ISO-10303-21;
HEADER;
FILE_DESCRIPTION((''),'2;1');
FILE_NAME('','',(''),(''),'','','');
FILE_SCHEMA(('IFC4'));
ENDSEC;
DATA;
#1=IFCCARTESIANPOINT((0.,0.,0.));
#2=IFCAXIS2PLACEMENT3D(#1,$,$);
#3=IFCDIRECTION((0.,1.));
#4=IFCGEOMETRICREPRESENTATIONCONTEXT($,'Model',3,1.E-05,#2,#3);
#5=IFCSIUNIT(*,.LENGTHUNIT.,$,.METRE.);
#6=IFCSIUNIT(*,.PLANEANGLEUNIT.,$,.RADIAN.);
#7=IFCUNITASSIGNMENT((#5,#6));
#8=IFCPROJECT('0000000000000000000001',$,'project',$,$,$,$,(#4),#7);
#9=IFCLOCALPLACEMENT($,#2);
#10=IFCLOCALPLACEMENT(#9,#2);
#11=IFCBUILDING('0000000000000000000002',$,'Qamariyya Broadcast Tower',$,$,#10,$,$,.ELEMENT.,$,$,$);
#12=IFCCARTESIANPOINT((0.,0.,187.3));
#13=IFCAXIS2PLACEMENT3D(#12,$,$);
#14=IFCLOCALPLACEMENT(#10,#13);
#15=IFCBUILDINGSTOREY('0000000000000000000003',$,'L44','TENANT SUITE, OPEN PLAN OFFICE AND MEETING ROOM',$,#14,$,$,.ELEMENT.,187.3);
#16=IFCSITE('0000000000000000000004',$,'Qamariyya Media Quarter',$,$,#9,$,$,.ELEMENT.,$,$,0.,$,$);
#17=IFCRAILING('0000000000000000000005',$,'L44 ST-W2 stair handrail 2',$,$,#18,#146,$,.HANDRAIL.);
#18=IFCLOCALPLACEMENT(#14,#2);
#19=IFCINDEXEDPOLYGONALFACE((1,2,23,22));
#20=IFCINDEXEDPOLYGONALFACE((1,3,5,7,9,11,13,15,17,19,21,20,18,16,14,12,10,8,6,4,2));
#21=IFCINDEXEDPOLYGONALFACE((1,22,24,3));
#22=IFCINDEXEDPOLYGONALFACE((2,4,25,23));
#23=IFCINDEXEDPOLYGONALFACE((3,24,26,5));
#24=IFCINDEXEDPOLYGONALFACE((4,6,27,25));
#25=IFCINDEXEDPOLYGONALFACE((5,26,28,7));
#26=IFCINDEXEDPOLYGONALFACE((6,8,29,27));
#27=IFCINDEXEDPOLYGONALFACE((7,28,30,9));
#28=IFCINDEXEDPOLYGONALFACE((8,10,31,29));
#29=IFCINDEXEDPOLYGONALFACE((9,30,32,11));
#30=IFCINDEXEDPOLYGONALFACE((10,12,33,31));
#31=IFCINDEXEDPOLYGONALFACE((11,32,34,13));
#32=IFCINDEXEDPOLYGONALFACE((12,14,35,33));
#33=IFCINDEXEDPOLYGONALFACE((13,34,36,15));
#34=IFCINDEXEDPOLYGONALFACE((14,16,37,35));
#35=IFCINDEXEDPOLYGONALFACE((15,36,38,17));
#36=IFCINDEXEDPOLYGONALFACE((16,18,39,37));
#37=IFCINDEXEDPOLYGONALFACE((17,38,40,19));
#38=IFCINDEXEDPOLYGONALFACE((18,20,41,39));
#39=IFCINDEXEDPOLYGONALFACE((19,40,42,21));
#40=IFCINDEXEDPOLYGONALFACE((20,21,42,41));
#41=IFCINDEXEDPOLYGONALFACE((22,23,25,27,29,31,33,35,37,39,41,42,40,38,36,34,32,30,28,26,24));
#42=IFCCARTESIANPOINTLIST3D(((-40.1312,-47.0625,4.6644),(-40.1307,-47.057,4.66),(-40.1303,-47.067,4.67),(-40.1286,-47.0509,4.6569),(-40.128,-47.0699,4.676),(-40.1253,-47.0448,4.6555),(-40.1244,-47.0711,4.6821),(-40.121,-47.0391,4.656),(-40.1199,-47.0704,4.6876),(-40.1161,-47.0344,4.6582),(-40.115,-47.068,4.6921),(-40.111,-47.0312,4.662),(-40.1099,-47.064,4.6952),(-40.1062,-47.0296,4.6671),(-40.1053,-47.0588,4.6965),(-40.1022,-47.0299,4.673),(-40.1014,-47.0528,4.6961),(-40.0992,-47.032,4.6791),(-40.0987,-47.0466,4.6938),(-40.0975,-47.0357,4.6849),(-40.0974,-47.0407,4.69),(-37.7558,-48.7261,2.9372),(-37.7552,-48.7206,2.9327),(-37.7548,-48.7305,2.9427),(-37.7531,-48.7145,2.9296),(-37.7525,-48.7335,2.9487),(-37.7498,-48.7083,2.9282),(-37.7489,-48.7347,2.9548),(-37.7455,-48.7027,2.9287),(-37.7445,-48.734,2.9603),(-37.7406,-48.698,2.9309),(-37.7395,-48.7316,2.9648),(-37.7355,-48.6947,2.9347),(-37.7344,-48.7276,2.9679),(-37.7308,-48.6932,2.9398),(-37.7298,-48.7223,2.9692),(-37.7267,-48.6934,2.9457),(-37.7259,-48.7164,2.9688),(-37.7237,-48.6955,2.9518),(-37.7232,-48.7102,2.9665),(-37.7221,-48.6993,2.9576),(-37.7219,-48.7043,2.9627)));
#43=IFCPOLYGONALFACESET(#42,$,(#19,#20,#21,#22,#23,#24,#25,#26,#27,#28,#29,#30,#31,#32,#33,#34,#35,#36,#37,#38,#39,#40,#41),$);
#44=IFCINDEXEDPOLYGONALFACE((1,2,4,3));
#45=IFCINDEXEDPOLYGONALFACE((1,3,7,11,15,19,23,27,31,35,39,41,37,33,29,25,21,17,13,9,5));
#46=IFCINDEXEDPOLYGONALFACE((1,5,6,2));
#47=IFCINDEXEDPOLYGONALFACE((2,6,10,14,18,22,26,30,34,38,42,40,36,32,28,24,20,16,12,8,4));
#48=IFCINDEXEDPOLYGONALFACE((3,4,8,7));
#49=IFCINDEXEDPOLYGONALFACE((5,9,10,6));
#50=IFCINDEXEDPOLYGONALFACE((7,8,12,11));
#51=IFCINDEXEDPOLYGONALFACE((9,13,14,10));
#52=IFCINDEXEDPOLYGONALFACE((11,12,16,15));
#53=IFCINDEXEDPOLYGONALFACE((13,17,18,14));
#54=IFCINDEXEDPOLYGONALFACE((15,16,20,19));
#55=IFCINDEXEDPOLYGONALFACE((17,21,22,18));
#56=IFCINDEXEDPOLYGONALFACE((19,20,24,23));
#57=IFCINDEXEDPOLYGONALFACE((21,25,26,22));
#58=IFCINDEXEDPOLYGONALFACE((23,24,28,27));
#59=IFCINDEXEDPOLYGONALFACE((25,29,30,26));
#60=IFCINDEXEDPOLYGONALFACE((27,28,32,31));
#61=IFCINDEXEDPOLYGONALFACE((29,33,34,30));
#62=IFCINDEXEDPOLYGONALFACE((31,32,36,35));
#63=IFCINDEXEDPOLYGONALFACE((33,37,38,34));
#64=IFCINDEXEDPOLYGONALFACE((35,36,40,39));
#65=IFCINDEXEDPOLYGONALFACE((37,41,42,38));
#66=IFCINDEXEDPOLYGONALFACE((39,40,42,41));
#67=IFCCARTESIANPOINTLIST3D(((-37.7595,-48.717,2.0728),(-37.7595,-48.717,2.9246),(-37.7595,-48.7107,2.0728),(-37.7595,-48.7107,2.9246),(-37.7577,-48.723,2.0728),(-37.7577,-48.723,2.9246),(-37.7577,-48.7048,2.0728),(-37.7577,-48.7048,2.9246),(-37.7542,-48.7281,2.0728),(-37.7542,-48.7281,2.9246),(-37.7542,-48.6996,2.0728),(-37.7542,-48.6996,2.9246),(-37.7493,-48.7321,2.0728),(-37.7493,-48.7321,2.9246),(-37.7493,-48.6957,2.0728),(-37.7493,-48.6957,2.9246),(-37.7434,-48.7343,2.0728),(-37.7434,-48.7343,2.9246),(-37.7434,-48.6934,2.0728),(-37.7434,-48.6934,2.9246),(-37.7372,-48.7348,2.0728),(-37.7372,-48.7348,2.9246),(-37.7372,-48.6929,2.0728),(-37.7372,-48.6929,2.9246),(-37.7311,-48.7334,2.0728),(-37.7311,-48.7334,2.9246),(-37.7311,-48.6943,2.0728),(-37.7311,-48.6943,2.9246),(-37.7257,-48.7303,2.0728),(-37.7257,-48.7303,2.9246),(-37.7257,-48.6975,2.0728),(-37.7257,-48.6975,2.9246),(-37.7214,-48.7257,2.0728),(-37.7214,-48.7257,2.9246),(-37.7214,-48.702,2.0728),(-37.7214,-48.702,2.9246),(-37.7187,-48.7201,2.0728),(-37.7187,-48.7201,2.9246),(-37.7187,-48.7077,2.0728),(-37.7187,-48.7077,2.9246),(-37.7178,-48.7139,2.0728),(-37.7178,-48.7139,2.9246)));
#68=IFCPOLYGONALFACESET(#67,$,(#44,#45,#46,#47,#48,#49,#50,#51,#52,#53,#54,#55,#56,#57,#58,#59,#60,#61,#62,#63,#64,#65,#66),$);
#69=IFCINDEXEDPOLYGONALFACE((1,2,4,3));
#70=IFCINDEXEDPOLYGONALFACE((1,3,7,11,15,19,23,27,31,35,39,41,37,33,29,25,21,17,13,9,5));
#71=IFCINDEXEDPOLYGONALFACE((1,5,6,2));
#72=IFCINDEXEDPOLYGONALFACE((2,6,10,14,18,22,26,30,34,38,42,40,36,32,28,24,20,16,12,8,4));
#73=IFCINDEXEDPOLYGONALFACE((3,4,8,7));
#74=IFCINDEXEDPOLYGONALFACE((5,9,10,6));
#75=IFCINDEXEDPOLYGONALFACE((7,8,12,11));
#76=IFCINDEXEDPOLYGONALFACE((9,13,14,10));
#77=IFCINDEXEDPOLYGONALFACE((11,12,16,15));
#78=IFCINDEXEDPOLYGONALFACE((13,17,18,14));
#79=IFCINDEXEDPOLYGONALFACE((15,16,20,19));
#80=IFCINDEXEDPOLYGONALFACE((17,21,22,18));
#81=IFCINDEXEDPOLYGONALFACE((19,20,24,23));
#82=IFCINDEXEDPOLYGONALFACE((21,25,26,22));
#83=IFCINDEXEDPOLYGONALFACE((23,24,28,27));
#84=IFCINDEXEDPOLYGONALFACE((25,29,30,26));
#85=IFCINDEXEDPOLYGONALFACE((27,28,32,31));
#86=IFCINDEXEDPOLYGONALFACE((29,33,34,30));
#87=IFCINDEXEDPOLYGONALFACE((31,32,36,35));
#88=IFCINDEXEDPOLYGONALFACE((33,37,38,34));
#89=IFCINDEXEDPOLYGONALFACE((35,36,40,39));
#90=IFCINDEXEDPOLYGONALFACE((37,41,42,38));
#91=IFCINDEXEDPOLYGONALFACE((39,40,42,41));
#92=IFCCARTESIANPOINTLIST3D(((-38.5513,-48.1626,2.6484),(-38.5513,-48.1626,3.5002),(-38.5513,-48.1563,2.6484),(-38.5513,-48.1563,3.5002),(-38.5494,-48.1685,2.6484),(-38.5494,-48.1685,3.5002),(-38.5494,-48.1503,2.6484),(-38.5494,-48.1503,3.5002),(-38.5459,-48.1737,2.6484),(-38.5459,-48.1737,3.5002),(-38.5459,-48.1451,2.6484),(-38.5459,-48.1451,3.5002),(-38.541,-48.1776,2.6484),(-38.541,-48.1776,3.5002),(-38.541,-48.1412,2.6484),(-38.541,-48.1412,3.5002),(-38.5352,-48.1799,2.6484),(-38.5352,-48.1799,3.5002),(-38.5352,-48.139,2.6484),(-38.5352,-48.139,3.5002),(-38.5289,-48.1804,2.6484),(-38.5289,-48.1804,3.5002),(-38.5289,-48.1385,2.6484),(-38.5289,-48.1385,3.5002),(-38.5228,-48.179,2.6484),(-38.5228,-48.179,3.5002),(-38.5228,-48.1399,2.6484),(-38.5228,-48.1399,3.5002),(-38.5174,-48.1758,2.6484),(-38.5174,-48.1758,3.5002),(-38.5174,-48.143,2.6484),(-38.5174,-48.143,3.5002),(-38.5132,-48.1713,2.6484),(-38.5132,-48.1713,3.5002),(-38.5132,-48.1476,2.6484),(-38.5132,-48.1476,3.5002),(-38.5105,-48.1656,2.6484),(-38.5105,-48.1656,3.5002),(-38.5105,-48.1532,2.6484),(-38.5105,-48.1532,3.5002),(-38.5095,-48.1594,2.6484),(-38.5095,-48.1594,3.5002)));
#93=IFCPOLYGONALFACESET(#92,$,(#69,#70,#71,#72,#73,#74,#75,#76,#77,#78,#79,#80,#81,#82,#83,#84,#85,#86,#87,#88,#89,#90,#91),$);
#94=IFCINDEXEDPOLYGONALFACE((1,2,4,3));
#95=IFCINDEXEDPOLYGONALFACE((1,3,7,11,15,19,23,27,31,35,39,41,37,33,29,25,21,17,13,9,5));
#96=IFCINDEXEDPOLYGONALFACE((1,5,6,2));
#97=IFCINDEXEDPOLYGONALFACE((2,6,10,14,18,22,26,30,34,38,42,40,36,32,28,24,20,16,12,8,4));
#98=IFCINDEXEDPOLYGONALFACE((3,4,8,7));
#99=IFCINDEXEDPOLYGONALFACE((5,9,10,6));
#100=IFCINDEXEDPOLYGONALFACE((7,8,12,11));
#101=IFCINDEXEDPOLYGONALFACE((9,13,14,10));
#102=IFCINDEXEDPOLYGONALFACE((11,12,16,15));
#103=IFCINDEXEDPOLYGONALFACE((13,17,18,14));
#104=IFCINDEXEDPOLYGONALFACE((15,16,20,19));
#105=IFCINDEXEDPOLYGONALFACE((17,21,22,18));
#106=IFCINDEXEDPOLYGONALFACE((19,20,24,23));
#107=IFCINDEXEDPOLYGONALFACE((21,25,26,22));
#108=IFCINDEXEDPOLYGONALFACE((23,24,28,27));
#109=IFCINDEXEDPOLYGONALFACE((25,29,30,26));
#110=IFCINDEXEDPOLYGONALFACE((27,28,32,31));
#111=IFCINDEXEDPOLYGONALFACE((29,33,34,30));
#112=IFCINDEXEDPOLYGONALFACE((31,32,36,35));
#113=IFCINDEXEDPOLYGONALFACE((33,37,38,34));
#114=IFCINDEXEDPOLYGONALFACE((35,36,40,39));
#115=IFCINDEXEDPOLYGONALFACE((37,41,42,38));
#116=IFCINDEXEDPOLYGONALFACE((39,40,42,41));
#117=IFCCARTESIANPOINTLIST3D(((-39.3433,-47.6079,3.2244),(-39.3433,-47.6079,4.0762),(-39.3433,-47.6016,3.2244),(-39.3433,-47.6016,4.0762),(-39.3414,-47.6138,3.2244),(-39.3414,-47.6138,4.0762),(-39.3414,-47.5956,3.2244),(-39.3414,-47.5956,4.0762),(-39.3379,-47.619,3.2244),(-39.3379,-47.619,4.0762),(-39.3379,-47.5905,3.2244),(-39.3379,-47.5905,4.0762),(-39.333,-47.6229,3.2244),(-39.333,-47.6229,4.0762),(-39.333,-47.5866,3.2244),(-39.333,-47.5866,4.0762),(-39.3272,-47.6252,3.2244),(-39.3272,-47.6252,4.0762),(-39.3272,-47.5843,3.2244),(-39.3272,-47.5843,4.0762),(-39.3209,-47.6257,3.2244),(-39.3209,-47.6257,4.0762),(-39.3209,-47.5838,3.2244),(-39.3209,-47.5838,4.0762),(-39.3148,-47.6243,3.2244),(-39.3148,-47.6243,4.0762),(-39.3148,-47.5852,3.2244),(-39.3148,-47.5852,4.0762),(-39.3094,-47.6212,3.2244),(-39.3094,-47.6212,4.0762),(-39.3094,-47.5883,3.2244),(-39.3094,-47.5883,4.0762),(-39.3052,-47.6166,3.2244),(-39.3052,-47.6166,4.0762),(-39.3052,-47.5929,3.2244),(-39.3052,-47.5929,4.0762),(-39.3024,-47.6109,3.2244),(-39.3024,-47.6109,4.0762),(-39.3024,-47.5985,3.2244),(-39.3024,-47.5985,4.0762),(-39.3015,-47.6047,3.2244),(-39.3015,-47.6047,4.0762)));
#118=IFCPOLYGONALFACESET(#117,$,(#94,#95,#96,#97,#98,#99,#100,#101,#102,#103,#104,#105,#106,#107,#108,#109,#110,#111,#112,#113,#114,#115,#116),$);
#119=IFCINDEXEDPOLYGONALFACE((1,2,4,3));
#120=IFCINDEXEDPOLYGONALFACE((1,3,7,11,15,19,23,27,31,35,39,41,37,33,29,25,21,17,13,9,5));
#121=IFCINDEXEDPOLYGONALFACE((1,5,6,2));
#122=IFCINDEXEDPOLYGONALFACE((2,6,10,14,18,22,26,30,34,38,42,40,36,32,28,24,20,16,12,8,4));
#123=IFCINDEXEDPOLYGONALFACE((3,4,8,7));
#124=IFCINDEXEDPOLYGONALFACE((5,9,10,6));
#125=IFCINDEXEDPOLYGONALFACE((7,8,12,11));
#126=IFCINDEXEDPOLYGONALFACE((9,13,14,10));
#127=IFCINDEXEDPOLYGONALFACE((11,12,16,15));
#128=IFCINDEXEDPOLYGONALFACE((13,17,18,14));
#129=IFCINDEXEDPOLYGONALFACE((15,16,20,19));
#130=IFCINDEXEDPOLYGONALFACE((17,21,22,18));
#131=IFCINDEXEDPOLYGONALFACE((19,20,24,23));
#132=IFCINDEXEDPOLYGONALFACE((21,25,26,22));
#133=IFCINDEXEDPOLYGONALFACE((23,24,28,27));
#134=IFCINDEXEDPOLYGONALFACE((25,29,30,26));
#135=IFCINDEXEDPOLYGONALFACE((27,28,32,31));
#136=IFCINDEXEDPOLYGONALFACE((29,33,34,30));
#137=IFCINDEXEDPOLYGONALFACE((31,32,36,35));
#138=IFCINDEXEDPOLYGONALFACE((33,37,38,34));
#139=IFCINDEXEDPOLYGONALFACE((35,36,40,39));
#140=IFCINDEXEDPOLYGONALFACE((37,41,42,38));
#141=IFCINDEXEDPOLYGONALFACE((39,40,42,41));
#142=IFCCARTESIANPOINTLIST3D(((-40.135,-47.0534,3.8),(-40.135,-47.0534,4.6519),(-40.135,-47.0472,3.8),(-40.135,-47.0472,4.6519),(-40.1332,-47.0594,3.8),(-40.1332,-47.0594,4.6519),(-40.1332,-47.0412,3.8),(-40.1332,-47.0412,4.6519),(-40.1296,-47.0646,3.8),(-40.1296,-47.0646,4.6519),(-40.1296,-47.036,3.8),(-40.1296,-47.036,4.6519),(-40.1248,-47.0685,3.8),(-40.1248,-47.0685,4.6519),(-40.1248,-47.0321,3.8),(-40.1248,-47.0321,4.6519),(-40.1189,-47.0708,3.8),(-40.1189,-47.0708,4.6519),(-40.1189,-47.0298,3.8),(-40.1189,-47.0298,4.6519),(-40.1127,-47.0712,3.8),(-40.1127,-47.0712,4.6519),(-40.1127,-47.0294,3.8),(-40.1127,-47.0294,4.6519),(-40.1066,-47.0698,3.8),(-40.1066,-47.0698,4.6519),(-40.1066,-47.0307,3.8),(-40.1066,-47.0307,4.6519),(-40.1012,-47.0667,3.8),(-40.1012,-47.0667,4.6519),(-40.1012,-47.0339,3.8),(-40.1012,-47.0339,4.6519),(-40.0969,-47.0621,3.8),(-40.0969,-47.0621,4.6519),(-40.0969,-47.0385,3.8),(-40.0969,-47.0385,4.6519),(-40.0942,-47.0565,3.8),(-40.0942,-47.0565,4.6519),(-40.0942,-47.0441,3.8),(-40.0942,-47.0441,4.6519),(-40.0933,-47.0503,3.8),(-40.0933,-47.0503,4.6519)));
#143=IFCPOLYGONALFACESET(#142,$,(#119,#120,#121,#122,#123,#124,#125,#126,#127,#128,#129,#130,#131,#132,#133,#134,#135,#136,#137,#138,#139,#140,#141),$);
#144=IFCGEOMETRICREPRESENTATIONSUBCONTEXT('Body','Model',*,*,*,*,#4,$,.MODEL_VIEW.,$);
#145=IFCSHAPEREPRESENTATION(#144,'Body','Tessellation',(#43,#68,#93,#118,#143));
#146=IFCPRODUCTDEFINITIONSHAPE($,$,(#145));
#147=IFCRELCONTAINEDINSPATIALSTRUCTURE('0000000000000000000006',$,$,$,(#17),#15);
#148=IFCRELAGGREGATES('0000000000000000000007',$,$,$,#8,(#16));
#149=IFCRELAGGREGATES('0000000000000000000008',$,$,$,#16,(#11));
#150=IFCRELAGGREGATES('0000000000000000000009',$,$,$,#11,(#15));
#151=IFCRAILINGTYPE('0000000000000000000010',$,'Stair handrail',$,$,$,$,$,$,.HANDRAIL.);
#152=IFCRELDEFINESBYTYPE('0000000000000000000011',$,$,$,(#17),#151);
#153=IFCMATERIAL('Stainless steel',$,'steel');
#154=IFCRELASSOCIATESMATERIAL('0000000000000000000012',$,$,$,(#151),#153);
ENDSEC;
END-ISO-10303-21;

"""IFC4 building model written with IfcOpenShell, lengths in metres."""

from ifc_helpers import new_model, si_unit, direction, frame, origin, origin_2d, place, context, subcontext, project, spatial, circle, extrude, material, type_object, element, save


model = new_model("IFC4")

# Units and contexts
model_context = context("Model", 3, precision=1e-05, world=origin(), true_north=direction((0.0, 1.0)))
body_context = subcontext(model_context, "Body", "Model", "MODEL_VIEW")
ifc_project = project(units=[si_unit("LENGTHUNIT", "METRE"), si_unit("PLANEANGLEUNIT", "RADIAN")], contexts=[model_context])

# Site, building, storey
site_placement = place(None, origin())
site = spatial("IfcSite", under=ifc_project, at=site_placement, Name="Qamariyya Media Quarter", CompositionType="ELEMENT", RefElevation=0.0)
building_placement = place(site_placement, origin())
building = spatial("IfcBuilding", under=site, at=building_placement, Name="Qamariyya Broadcast Tower", CompositionType="ELEMENT")
storey_placement = place(building_placement, frame((0.0, 0.0, 187.3)))
storey = spatial("IfcBuildingStorey", under=building, at=storey_placement, Name="L44", Description="TENANT SUITE, OPEN PLAN OFFICE AND MEETING ROOM", CompositionType="ELEMENT", Elevation=187.3)

# Railing
ifc_material_1 = material(Name="Stainless steel", Category="steel")
railing_type_1 = type_object("IfcRailingType", Name="Stair handrail", PredefinedType="HANDRAIL", material=ifc_material_1)
railing_1_placement = place(storey_placement, frame((-37.7388, -48.7139, 2.0728)))
element("IfcRailing", 1, at=railing_1_placement, inside=storey, type_object=railing_type_1, Name="L44 ST-W2 stair handrail 2", PredefinedType="HANDRAIL", context=body_context, shape_type="SweptSolid", body=[
    extrude(circle(Radius=0.0239, at=origin_2d()), frame((0.0, 0.0, 0.876), z_axis=(-0.703745, 0.492838, 0.511716), x_axis=(-0.573632, -0.819113, 0.0)), (0.0, 0.0, 1.0), 3.3755),
    extrude(circle(Radius=0.021, at=origin_2d()), origin(), (0.0, 0.0, 1.0), 0.8518),
    extrude(circle(Radius=0.021, at=origin_2d()), frame((-0.7917, 0.5544, 0.5757)), (0.0, 0.0, 1.0), 0.8518),
    extrude(circle(Radius=0.021, at=origin_2d()), frame((-1.5837, 1.1091, 1.1516)), (0.0, 0.0, 1.0), 0.8518),
    extrude(circle(Radius=0.021, at=origin_2d()), frame((-2.3755, 1.6636, 1.7273)), (0.0, 0.0, 1.0), 0.8518),
])

save(model, "model.ifc")
